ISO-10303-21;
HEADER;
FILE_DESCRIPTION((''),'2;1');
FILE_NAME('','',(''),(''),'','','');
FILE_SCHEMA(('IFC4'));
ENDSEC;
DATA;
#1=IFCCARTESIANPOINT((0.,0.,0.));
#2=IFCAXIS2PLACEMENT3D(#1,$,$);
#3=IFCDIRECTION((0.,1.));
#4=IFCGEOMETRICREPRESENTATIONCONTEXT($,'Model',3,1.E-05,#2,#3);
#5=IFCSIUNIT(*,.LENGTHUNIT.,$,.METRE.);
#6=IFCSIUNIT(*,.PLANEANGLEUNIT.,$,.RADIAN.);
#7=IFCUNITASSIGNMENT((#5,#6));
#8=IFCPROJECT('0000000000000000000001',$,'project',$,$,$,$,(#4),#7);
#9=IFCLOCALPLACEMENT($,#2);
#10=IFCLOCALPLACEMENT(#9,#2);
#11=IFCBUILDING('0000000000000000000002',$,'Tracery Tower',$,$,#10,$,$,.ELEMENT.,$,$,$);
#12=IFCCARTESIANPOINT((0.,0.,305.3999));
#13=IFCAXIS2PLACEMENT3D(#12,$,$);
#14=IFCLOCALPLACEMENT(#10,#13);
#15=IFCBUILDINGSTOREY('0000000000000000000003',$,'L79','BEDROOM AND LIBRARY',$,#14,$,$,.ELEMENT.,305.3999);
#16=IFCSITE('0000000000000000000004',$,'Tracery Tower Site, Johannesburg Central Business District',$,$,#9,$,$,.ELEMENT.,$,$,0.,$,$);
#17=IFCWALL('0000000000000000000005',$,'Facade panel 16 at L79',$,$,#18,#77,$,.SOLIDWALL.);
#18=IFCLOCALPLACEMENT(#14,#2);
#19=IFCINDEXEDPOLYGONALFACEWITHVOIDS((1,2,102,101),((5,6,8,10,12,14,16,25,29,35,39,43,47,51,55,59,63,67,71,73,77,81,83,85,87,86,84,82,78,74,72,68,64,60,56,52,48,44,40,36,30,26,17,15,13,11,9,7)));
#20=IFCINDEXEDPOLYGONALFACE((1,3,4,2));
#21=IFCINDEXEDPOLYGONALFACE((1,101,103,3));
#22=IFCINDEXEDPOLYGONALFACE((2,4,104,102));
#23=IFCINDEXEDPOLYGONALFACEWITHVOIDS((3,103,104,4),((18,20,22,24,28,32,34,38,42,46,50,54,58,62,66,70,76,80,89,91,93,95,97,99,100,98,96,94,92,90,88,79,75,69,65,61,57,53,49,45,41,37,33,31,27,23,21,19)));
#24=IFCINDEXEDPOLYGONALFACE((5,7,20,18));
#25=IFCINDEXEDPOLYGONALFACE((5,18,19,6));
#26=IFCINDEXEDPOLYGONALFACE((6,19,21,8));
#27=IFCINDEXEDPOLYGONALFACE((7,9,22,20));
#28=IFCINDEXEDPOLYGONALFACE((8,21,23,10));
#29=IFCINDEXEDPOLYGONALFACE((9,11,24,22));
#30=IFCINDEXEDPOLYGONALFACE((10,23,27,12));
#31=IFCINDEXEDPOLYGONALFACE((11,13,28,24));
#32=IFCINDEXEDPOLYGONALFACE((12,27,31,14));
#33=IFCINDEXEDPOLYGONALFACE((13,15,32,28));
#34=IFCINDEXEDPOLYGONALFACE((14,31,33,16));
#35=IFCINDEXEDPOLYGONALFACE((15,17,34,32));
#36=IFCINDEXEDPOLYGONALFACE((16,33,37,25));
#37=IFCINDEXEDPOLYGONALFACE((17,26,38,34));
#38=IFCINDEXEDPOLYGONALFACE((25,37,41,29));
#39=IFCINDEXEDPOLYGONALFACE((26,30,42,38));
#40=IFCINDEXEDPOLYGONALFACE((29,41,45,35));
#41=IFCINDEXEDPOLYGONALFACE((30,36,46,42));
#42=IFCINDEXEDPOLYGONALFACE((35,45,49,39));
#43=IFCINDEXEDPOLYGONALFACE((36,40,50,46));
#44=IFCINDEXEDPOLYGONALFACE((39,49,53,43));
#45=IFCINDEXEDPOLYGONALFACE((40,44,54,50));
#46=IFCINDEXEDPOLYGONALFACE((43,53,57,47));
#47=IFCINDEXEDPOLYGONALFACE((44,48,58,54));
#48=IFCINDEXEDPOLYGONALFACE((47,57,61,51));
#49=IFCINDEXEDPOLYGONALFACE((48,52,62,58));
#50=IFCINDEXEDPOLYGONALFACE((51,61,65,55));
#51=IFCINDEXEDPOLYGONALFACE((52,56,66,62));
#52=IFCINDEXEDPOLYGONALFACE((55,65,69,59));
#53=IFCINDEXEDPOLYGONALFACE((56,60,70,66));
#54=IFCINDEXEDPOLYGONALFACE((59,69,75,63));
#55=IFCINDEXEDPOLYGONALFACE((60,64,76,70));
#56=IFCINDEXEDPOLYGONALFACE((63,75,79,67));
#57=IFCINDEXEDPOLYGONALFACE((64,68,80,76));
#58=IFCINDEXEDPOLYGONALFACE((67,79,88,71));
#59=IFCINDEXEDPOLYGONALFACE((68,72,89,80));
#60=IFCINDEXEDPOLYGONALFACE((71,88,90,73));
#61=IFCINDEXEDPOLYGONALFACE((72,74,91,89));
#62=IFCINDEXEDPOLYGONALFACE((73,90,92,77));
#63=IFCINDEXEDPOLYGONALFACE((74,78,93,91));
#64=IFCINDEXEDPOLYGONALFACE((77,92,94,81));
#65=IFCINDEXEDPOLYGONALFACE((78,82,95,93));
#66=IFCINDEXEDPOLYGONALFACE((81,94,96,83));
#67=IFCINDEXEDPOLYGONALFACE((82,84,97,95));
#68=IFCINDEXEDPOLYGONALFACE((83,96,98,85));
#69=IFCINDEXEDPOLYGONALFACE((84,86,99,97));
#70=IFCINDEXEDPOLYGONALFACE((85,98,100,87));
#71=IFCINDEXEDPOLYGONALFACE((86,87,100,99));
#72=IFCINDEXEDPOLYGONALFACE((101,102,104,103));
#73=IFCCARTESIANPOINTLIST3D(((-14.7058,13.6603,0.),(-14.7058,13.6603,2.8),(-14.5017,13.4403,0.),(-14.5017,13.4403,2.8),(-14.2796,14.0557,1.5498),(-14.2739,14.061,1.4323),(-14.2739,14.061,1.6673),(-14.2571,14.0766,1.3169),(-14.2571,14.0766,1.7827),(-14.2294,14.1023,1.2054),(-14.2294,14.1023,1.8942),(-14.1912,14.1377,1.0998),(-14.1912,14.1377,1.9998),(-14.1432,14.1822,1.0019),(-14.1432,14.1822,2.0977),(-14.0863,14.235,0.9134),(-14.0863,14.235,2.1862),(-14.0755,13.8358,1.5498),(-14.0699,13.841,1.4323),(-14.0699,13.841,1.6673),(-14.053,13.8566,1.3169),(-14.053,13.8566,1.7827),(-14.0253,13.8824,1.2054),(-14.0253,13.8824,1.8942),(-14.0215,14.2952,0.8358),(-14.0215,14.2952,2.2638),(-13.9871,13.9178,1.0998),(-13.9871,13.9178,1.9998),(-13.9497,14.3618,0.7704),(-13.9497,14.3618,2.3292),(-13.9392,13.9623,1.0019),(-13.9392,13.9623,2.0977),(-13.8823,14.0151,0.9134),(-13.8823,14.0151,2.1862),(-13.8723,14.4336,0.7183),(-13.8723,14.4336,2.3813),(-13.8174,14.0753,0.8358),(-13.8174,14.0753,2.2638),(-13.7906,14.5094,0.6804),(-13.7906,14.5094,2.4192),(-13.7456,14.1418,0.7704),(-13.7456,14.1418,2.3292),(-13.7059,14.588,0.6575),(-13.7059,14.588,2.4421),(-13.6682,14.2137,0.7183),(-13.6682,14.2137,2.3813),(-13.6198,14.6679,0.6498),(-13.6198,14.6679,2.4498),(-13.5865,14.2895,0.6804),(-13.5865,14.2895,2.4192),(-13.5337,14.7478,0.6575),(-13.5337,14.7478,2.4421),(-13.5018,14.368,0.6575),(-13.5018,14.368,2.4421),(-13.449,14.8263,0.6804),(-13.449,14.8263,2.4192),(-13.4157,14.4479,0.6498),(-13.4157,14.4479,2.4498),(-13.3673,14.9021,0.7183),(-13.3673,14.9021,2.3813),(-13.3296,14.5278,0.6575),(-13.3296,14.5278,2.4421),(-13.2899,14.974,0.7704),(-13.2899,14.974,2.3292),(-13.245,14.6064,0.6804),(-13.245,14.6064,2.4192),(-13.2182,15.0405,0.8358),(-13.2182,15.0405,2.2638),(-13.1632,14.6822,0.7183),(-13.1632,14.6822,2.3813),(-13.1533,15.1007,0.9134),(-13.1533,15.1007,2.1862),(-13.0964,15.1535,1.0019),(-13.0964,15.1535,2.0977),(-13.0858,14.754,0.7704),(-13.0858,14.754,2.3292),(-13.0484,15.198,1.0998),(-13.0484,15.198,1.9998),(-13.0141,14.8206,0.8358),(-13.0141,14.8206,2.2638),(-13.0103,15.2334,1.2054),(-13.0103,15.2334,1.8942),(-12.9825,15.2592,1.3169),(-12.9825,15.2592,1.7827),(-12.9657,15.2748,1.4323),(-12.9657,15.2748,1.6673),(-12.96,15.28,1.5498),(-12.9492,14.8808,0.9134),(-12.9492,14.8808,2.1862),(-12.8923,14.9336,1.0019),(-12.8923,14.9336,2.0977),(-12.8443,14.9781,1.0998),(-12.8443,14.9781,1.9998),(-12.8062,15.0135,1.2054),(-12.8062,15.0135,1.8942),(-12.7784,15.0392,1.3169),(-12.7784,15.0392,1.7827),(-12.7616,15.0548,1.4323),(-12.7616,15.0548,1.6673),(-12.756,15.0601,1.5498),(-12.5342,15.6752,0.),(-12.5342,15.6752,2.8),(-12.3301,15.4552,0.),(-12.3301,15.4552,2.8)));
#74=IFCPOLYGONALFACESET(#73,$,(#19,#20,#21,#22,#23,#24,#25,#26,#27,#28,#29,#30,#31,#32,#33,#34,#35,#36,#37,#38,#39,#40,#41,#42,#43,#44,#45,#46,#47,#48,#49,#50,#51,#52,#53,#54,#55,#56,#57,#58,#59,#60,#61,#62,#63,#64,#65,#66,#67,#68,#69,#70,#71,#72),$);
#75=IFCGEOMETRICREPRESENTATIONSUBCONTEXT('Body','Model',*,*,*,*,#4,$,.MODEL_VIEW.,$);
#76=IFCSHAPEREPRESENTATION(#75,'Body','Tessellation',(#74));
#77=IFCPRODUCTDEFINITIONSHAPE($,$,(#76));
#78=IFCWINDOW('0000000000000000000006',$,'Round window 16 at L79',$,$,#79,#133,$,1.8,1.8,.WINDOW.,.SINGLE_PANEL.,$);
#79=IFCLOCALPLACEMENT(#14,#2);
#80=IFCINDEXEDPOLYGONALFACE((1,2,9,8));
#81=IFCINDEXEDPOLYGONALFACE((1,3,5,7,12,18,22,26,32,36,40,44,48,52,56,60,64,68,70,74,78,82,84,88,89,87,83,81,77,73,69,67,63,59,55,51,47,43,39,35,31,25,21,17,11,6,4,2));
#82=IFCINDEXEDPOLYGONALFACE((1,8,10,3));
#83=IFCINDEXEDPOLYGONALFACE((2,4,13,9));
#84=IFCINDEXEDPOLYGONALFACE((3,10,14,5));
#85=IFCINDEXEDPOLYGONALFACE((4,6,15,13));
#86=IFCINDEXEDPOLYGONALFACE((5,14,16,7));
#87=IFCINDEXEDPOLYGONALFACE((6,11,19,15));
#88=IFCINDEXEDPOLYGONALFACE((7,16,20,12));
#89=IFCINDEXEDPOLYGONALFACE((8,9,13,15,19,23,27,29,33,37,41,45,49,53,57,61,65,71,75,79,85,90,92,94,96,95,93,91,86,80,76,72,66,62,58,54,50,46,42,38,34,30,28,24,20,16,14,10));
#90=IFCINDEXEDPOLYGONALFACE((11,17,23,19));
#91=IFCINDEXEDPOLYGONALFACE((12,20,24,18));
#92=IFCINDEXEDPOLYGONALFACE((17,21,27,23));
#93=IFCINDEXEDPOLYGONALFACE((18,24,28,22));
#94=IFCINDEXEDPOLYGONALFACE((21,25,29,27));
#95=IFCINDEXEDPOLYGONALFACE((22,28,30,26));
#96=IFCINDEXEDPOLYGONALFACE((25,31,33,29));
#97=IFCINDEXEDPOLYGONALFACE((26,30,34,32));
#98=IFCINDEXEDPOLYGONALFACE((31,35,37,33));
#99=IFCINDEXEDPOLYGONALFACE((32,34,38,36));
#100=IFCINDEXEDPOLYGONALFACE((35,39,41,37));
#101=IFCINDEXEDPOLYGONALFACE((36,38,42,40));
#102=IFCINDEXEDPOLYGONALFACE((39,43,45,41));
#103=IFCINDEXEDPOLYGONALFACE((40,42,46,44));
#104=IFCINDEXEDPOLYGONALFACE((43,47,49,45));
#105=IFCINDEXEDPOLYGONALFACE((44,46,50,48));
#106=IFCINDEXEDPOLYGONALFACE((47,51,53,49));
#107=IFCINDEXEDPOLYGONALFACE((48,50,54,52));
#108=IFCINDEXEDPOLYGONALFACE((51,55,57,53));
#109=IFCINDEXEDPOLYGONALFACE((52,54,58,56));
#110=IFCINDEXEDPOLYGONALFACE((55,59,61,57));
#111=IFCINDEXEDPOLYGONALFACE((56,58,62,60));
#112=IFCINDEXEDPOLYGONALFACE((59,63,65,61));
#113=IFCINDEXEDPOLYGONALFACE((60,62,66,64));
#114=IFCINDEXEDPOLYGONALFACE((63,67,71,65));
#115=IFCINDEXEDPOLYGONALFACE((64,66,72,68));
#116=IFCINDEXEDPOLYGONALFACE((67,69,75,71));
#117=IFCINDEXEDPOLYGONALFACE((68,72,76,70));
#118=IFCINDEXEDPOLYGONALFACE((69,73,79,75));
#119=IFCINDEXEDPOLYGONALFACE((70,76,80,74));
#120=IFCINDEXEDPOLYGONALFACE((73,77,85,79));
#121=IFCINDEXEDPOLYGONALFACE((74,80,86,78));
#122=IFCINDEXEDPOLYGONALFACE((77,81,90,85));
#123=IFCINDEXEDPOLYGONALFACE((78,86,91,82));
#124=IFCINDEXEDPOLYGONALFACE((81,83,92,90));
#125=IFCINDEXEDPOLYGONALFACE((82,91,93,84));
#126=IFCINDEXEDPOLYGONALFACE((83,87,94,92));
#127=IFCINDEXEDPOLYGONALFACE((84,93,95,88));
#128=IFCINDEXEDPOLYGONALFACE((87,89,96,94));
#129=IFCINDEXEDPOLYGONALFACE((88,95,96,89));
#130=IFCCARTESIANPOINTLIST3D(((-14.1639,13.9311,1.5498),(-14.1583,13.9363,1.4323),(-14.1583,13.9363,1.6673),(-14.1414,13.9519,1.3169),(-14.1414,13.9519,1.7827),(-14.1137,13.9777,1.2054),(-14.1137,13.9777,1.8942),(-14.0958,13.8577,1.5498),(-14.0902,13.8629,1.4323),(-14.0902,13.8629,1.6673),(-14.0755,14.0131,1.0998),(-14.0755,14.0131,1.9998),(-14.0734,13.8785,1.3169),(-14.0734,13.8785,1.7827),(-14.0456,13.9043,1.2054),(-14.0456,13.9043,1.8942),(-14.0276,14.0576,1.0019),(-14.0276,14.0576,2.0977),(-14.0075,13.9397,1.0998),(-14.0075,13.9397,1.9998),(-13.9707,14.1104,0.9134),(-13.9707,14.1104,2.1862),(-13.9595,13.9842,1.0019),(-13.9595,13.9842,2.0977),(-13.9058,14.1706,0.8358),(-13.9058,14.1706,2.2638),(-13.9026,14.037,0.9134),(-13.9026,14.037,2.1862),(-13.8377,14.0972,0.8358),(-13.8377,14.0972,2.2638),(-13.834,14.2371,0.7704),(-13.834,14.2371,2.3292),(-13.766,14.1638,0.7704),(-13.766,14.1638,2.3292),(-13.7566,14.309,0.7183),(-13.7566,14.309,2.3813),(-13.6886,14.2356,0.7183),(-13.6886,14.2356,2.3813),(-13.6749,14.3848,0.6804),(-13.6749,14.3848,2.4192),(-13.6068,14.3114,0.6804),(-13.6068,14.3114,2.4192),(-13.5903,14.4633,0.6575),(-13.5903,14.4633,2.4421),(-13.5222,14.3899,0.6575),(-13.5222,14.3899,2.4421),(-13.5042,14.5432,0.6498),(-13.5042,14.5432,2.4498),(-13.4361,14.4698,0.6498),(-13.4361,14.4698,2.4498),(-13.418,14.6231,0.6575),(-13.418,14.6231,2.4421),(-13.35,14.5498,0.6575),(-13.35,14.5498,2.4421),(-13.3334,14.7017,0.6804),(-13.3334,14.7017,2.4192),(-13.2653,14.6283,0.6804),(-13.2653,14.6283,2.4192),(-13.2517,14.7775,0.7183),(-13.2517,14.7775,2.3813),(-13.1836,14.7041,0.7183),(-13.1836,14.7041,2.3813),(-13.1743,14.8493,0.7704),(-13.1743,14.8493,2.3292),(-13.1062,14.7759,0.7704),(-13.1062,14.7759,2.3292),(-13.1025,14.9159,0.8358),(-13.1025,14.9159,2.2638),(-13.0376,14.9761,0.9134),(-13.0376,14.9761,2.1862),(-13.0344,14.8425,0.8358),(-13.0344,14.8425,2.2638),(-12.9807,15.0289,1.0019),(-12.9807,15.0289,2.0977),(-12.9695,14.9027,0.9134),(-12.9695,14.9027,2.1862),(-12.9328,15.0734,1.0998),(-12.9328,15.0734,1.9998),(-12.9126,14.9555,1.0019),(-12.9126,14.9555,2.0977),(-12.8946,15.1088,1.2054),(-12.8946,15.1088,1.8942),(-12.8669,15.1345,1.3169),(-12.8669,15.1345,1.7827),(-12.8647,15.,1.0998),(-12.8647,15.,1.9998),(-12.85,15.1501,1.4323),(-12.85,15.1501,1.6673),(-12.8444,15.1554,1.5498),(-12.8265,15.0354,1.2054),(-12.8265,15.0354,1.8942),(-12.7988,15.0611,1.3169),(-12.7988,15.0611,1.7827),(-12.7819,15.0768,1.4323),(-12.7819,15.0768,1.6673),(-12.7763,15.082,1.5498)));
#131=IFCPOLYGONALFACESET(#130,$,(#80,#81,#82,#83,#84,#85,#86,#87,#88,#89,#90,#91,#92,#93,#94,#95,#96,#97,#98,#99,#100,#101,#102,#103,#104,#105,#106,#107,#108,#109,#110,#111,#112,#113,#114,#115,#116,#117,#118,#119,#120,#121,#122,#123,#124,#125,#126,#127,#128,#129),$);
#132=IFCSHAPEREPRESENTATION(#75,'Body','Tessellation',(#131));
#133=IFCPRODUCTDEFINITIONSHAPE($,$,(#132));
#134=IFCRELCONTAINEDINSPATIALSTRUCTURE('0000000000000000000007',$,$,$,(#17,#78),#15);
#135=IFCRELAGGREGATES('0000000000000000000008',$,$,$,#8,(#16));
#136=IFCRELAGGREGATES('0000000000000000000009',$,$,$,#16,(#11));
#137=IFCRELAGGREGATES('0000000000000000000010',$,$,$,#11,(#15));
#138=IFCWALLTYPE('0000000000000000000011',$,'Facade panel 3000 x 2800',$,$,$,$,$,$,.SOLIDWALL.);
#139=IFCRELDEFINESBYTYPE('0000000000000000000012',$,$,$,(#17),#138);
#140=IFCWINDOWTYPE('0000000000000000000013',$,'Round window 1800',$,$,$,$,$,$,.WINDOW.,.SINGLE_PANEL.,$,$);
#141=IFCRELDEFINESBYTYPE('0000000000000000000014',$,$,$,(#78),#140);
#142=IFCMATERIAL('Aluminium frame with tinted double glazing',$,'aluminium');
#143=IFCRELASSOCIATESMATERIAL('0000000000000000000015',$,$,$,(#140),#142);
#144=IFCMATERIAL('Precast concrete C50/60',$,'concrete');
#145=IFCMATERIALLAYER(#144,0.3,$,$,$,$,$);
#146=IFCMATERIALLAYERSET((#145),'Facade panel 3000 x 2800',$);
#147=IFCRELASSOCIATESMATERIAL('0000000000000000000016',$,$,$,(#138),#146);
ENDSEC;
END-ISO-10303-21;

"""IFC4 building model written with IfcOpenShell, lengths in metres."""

from ifc_helpers import new_model, si_unit, direction, frame, frame_2d, origin, origin_2d, place, context, subcontext, project, spatial, rectangle, circle, extrude, material, layer, layer_set, type_object, element, fill, save


model = new_model("IFC4")

# Units and contexts
model_context = context("Model", 3, precision=1e-05, world=origin(), true_north=direction((0.0, 1.0)))
body_context = subcontext(model_context, "Body", "Model", "MODEL_VIEW")
ifc_project = project(units=[si_unit("LENGTHUNIT", "METRE"), si_unit("PLANEANGLEUNIT", "RADIAN")], contexts=[model_context])

# Site, building, storey
site_placement = place(None, origin())
site = spatial("IfcSite", under=ifc_project, at=site_placement, Name="Tracery Tower Site, Johannesburg Central Business District", CompositionType="ELEMENT", RefElevation=0.0)
building_placement = place(site_placement, origin())
building = spatial("IfcBuilding", under=site, at=building_placement, Name="Tracery Tower", CompositionType="ELEMENT")
storey_placement = place(building_placement, frame((0.0, 0.0, 305.3999)))
storey = spatial("IfcBuildingStorey", under=building, at=storey_placement, Name="L79", Description="BEDROOM AND LIBRARY", CompositionType="ELEMENT", Elevation=305.3999)

# Wall, opening, window
ifc_material_1 = material(Name="Aluminium frame with tinted double glazing", Category="aluminium")
window_type = type_object("IfcWindowType", Name="Round window 1800", PartitioningType="SINGLE_PANEL", PredefinedType="WINDOW", material=ifc_material_1)
ifc_material_2 = material(Name="Precast concrete C50/60", Category="concrete")
ifc_layer_1 = layer(ifc_material_2, 0.3)
ifc_layer_set_1 = layer_set([ifc_layer_1], Name="Facade panel 3000 x 2800")
wall_type_1 = type_object("IfcWallType", Name="Facade panel 3000 x 2800", PredefinedType="SOLIDWALL", material=ifc_layer_set_1)
wall_1_placement = place(storey_placement, frame((-12.4321, 15.5652, 0.0), z_axis=(0.0, 0.0, 1.0), x_axis=(-0.733066, -0.680157, 0.0)))
wall_1 = element("IfcWall", 1, at=wall_1_placement, inside=storey, type_object=wall_type_1, Name="Facade panel 16 at L79", PredefinedType="SOLIDWALL", context=body_context, shape_type="SweptSolid", body=[
    extrude(rectangle(XDim=2.9624, YDim=0.3, at=frame_2d((1.4812, 0.0))), origin(), (0.0, 0.0, 1.0), 2.8),
])
opening_1_placement = place(wall_1_placement, frame((1.481, 0.0, 1.5498)))
opening_1 = element("IfcOpeningElement", 2, at=opening_1_placement, cuts=wall_1, PredefinedType="OPENING", context=body_context, shape_type="SweptSolid", body=[
    extrude(circle(Radius=0.9, at=origin_2d()), frame((0.0, 0.1599, 0.0), z_axis=(0.0, -1.0, 0.0), x_axis=(1.0, 0.0, 0.0)), (0.0, 0.0, 1.0), 0.3201),
])
window_1_placement = place(opening_1_placement, origin())
window_1 = element("IfcWindow", 3, at=window_1_placement, inside=storey, type_object=window_type, Name="Round window 16 at L79", OverallHeight=1.8, OverallWidth=1.8, PartitioningType="SINGLE_PANEL", PredefinedType="WINDOW", context=body_context, shape_type="SweptSolid", body=[
    extrude(circle(Radius=0.9, at=origin_2d()), frame((0.0, 0.1201, 0.0), z_axis=(0.0, -1.0, 0.0), x_axis=(1.0, 0.0, 0.0)), (0.0, 0.0, 1.0), 0.1001),
])
fill(opening_1, window_1)

save(model, "model.ifc")
